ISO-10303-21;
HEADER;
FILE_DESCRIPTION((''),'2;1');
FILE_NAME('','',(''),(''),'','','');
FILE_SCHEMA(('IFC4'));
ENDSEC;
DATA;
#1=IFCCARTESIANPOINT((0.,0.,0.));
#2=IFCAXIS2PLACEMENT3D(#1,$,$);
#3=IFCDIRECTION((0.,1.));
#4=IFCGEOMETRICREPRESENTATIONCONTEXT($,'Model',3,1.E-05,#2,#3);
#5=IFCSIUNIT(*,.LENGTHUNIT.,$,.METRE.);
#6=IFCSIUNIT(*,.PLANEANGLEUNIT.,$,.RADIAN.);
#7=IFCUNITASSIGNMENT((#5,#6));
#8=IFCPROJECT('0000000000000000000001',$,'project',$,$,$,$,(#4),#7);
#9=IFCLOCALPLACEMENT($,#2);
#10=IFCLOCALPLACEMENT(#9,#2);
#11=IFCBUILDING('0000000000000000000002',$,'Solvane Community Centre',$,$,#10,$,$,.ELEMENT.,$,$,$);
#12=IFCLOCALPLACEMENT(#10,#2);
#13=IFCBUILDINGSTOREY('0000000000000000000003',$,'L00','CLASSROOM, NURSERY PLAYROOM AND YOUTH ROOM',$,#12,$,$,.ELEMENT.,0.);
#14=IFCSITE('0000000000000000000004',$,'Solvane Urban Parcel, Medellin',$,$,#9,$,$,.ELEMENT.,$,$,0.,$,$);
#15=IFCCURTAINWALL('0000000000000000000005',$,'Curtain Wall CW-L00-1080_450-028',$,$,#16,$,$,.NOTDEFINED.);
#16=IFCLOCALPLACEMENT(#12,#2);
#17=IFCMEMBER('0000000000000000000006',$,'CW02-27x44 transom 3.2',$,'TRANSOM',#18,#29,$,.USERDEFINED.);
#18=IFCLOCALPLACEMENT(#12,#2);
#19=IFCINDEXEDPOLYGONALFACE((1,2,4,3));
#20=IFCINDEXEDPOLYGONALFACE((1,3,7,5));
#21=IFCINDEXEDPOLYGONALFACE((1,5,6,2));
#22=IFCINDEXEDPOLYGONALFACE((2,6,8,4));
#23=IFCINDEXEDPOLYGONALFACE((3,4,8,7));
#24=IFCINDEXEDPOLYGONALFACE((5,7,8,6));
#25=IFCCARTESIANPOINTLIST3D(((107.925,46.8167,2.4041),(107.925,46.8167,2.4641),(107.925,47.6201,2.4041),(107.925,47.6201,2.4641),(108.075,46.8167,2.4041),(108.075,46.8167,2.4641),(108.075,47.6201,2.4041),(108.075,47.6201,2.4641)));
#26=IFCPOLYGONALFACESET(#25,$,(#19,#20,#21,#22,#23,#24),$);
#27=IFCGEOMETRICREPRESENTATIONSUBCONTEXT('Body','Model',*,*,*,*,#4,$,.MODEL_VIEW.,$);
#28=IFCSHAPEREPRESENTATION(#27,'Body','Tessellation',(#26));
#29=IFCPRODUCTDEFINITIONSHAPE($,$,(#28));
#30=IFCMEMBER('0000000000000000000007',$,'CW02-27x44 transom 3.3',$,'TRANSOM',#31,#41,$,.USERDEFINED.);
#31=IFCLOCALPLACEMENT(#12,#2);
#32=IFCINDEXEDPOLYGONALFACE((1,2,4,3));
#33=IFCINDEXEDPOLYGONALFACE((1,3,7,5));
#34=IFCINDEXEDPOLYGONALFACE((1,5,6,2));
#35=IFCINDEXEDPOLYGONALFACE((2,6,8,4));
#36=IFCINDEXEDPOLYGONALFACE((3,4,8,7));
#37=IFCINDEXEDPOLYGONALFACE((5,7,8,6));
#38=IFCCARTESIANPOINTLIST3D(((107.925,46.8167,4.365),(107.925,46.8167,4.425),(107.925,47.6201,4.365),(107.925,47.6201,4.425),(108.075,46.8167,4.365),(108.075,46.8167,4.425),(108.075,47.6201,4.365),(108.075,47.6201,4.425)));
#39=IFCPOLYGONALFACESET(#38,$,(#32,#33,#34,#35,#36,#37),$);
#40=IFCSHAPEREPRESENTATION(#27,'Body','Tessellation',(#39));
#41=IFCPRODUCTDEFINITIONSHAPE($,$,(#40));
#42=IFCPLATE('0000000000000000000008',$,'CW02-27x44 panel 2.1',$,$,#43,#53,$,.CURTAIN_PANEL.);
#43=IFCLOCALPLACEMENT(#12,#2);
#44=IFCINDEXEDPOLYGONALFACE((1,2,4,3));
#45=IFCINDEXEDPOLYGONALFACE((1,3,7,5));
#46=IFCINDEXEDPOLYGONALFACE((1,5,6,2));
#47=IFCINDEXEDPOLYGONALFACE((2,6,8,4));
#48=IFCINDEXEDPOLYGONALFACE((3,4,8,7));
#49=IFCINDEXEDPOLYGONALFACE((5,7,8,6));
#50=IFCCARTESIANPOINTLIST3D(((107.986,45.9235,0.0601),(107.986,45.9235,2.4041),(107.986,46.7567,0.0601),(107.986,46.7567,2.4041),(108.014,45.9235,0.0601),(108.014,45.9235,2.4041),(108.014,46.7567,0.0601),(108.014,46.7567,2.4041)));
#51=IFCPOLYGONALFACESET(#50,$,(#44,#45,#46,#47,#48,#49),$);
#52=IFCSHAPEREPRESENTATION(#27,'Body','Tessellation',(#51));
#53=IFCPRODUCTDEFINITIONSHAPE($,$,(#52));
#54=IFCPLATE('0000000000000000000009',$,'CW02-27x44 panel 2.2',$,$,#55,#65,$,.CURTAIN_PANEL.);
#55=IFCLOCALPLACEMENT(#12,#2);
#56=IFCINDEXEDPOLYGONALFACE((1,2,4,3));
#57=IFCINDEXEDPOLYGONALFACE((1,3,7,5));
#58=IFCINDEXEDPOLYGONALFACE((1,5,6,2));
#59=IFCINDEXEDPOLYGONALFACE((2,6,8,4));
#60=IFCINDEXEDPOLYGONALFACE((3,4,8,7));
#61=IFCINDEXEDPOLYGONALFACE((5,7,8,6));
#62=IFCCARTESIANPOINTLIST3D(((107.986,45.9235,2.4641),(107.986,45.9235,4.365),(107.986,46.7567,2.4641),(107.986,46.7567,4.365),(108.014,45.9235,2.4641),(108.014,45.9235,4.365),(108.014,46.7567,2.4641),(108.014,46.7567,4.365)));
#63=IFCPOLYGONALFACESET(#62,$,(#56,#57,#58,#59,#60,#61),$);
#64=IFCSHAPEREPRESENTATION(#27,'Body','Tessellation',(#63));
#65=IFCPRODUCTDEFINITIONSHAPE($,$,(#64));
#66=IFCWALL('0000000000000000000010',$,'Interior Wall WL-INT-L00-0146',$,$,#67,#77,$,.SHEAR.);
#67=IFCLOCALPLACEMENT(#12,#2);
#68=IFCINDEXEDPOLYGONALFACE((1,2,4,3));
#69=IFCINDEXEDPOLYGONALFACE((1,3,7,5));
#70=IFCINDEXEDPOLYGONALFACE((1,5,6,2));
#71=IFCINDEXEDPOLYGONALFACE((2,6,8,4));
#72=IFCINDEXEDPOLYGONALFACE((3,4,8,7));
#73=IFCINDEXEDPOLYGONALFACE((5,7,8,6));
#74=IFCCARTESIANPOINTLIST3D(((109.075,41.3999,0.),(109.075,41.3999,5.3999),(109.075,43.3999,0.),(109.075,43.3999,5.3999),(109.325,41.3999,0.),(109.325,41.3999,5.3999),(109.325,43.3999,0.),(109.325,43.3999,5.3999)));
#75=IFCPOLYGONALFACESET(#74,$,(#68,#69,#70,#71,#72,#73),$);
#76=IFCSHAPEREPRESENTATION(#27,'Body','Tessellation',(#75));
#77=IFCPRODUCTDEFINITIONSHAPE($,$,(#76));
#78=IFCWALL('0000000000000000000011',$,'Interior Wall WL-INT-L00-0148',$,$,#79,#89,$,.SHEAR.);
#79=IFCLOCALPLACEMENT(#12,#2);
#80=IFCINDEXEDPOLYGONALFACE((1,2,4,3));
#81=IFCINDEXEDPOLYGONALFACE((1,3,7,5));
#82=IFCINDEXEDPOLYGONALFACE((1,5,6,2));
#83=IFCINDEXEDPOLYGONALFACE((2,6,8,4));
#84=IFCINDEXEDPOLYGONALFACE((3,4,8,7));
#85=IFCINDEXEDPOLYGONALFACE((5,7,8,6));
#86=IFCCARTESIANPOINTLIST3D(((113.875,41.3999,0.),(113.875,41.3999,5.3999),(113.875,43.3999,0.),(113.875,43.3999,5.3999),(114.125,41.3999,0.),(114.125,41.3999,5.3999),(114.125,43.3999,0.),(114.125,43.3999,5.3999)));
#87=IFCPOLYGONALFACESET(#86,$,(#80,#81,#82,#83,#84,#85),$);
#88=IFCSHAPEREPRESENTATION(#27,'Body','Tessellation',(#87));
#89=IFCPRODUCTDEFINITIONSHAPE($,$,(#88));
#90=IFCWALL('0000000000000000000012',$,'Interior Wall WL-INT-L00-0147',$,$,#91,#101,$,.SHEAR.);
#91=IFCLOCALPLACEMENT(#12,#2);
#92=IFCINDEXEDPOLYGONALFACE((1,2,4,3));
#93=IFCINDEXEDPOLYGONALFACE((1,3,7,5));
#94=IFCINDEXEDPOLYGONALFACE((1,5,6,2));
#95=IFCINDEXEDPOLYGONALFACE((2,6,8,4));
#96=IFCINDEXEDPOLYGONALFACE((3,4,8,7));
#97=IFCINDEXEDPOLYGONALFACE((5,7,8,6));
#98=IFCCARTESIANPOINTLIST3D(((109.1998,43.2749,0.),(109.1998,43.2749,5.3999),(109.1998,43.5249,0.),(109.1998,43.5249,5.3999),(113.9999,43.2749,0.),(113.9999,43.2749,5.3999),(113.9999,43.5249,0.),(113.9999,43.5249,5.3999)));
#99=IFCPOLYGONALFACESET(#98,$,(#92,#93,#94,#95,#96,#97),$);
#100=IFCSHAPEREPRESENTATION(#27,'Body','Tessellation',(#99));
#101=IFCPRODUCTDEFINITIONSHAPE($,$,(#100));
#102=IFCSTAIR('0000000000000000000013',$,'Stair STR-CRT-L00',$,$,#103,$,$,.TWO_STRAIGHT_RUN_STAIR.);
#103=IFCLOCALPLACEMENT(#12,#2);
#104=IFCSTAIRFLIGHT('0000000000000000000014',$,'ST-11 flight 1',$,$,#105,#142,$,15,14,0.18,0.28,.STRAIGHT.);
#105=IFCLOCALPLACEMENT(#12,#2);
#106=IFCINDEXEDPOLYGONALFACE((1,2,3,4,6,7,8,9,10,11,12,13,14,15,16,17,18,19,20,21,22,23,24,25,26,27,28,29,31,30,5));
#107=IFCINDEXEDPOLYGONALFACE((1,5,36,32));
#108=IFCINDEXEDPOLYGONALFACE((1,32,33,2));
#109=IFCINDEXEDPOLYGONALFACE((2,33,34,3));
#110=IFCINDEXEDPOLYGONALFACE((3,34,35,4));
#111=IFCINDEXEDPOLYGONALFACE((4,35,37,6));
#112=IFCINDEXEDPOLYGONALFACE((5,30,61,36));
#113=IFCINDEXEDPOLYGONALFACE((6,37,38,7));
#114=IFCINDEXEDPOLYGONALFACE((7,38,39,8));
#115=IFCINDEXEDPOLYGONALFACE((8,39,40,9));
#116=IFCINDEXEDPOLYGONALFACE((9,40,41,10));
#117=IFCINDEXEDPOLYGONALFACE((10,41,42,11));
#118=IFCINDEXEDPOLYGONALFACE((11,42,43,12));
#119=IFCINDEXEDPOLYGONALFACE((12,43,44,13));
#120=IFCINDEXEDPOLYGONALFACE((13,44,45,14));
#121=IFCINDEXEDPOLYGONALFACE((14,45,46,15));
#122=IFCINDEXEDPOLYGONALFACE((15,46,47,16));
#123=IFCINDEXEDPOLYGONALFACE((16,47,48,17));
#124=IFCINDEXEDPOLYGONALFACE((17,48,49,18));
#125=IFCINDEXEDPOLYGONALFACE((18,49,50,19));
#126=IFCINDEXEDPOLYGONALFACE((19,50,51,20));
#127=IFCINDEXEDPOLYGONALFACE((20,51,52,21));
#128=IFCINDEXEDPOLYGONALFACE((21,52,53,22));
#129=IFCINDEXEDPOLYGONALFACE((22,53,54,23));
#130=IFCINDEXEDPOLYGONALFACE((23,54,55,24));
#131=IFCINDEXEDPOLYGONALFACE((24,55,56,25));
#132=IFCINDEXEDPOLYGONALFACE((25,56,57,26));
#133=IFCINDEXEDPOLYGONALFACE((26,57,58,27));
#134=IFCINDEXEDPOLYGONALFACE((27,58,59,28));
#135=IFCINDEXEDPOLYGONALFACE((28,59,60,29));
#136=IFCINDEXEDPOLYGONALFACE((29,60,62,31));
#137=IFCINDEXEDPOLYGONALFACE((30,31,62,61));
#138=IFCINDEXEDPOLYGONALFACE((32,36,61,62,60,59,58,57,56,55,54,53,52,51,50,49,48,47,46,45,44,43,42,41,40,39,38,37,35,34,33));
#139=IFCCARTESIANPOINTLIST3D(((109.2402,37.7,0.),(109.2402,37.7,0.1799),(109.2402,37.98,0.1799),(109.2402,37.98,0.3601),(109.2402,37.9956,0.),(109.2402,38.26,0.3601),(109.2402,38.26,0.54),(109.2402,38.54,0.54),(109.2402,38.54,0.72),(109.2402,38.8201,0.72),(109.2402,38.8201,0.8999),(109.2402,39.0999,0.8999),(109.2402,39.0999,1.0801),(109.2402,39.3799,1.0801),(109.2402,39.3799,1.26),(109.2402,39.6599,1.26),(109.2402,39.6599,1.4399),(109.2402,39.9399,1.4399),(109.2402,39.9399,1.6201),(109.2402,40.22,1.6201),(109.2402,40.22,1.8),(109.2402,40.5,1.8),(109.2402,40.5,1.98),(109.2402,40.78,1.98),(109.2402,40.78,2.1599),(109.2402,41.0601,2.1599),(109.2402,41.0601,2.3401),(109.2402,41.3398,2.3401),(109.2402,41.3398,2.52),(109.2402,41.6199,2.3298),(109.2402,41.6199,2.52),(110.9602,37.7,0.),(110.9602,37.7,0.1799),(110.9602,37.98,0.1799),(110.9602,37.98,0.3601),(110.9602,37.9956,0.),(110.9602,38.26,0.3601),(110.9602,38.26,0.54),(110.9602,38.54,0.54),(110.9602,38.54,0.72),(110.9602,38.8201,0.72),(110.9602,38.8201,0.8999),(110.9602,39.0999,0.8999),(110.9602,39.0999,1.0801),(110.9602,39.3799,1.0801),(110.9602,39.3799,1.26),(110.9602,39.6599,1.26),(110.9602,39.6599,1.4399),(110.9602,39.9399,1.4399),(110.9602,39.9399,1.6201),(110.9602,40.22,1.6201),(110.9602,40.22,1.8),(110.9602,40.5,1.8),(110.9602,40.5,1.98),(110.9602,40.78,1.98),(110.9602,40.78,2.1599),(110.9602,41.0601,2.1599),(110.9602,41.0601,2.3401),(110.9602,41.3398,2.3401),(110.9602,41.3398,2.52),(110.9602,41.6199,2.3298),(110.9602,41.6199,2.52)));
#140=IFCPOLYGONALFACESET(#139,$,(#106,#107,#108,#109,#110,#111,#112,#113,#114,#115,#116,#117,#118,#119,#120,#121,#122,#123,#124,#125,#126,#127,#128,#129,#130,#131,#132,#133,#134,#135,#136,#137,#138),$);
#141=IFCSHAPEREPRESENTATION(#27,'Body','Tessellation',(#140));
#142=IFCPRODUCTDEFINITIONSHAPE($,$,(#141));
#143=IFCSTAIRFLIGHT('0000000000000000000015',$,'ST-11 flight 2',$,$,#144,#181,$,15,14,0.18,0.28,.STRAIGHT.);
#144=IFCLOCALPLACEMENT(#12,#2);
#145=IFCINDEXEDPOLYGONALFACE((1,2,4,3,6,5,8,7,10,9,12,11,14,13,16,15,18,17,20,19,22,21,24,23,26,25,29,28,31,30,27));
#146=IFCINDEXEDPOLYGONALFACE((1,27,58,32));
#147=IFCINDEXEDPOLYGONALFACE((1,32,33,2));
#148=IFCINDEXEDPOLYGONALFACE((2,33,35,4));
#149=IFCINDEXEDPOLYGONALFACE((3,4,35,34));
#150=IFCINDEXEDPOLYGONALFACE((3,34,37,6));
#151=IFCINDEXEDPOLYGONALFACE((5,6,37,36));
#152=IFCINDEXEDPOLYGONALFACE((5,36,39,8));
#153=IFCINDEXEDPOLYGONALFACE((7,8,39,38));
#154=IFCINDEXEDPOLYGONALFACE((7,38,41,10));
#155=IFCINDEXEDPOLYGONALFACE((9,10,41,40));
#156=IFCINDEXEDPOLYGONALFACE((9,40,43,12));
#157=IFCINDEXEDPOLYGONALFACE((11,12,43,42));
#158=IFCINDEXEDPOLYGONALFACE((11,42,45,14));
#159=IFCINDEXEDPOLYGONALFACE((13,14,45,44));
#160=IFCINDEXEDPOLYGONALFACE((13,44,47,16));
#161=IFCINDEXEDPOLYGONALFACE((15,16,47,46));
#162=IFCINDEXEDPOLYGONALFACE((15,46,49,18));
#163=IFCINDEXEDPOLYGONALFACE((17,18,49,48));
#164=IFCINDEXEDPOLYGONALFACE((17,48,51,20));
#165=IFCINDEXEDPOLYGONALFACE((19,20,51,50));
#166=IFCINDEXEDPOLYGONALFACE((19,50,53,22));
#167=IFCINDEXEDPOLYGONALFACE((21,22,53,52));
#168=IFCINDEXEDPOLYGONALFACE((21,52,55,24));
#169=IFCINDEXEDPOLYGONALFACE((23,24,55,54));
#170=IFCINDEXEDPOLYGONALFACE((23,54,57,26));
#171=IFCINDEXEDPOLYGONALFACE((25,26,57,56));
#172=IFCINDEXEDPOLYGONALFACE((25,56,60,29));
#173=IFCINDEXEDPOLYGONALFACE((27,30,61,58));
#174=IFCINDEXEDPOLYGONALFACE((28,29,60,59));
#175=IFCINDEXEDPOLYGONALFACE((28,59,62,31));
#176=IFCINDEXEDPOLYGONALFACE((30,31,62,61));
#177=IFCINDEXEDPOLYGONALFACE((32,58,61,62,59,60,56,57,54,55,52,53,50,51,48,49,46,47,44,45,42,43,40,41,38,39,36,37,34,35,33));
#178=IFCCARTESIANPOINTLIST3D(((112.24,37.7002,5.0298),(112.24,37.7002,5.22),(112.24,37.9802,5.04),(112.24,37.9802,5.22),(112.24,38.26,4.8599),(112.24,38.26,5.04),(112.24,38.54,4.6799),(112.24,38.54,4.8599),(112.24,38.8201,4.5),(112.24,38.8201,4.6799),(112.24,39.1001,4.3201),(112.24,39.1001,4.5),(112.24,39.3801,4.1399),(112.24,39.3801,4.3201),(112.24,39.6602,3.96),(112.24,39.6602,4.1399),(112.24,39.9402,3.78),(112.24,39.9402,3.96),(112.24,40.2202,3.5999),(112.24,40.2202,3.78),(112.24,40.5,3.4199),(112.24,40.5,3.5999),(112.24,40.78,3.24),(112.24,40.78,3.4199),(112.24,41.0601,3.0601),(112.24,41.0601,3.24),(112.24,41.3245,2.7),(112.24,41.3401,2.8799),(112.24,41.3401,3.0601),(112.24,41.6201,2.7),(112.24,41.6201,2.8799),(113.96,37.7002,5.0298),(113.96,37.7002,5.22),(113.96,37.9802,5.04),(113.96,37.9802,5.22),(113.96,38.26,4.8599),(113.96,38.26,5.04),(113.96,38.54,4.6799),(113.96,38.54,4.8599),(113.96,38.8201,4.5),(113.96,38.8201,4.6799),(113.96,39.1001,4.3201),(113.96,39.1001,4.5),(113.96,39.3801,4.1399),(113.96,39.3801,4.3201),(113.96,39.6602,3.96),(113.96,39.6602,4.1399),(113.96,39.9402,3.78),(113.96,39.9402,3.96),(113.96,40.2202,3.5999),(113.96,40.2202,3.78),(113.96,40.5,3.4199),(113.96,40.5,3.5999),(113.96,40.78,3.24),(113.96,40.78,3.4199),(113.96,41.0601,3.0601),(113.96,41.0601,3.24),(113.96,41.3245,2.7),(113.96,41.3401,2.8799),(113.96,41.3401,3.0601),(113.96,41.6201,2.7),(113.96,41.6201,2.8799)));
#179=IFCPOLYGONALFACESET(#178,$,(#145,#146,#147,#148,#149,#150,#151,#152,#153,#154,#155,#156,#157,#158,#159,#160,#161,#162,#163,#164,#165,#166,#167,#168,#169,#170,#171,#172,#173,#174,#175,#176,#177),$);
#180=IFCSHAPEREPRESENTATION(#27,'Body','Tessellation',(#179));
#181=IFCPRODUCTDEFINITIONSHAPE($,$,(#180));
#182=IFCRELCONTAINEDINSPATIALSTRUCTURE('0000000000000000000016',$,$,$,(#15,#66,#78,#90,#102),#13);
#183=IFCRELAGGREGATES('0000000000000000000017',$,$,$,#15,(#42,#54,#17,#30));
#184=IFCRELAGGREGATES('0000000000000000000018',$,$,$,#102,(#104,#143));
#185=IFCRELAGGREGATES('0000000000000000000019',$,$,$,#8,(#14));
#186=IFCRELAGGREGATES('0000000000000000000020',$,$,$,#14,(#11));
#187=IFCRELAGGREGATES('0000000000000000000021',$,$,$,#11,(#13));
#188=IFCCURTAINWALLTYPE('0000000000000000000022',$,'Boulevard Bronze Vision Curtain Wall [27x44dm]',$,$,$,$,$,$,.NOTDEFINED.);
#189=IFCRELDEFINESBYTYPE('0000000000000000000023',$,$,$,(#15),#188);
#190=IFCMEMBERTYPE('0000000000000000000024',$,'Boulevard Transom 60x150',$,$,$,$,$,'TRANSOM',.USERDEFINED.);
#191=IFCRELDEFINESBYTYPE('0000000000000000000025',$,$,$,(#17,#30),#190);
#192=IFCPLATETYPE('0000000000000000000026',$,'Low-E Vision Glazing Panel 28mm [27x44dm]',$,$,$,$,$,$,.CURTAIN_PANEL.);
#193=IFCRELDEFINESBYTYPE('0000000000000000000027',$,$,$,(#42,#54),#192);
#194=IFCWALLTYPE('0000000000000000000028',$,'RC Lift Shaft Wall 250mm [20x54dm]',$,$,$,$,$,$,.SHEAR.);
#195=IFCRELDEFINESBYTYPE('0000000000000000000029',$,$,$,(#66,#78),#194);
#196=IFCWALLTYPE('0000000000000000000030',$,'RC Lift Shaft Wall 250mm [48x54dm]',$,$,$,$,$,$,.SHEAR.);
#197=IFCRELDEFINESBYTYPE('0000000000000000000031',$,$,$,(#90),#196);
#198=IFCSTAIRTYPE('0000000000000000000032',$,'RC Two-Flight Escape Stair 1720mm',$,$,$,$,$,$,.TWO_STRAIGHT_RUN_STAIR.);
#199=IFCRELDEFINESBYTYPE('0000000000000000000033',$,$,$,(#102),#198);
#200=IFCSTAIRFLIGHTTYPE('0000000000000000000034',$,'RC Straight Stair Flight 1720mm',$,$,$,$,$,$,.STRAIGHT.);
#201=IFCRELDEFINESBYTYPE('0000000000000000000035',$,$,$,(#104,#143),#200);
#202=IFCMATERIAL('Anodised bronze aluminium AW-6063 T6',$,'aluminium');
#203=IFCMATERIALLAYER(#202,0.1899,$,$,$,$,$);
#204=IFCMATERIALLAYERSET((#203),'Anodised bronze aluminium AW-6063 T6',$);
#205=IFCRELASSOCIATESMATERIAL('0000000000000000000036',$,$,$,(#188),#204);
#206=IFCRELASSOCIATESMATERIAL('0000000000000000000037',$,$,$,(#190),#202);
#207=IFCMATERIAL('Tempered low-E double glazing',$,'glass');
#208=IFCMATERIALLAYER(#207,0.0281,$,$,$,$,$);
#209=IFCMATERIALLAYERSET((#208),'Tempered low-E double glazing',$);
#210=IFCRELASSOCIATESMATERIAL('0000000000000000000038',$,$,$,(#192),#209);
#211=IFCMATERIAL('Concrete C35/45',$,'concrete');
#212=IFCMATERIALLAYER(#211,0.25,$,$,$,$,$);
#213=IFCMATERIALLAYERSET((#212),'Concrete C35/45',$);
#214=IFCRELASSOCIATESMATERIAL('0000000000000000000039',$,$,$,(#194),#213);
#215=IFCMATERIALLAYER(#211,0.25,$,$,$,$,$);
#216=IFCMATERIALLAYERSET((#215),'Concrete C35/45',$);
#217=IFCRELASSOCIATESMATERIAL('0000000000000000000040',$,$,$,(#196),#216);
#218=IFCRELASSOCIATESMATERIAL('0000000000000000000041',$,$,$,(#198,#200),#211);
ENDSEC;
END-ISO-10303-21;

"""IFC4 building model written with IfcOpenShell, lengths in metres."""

from ifc_helpers import new_model, si_unit, direction, frame, frame_2d, origin, origin_2d, place, context, subcontext, project, spatial, polyline, rectangle, outline, extrude, material, layer, layer_set, material_profile, profile_set, type_object, element, aggregate, save


model = new_model("IFC4")

# Units and contexts
model_context = context("Model", 3, precision=1e-05, world=origin(), true_north=direction((0.0, 1.0)))
body_context = subcontext(model_context, "Body", "Model", "MODEL_VIEW")
ifc_project = project(units=[si_unit("LENGTHUNIT", "METRE"), si_unit("PLANEANGLEUNIT", "RADIAN")], contexts=[model_context])

# Site, building, storey
site_placement = place(None, origin())
site = spatial("IfcSite", under=ifc_project, at=site_placement, Name="Solvane Urban Parcel, Medellin", CompositionType="ELEMENT", RefElevation=0.0)
building_placement = place(site_placement, origin())
building = spatial("IfcBuilding", under=site, at=building_placement, Name="Solvane Community Centre", CompositionType="ELEMENT")
storey_placement = place(building_placement, origin())
storey = spatial("IfcBuildingStorey", under=building, at=storey_placement, Name="L00", Description="CLASSROOM, NURSERY PLAYROOM AND YOUTH ROOM", CompositionType="ELEMENT", Elevation=0.0)

# Curtain wall, members, plates
ifc_material_1 = material(Name="Anodised bronze aluminium AW-6063 T6", Category="aluminium")
ifc_layer_1 = layer(ifc_material_1, 0.1899)
ifc_layer_set_1 = layer_set([ifc_layer_1], Name="Anodised bronze aluminium AW-6063 T6")
curtain_wall_type = type_object("IfcCurtainWallType", Name="Boulevard Bronze Vision Curtain Wall [27x44dm]", PredefinedType="NOTDEFINED", material=ifc_layer_set_1)
curtain_wall_placement = place(storey_placement, origin())
curtain_wall = element("IfcCurtainWall", 1, at=curtain_wall_placement, inside=storey, type_object=curtain_wall_type, Name="Curtain Wall CW-L00-1080_450-028", PredefinedType="NOTDEFINED")
ifc_material_profile_1 = material_profile(ifc_material_1, rectangle(XDim=0.1499, YDim=0.0601, at=origin_2d()), Name="CW-T 60x150")
ifc_profile_set_1 = profile_set([ifc_material_profile_1], Name="Anodised bronze aluminium AW-6063 T6")
member_type_1 = type_object("IfcMemberType", Name="Boulevard Transom 60x150", ElementType="TRANSOM", PredefinedType="USERDEFINED", material=ifc_profile_set_1)
member_1_placement = place(storey_placement, frame((108.0, 46.8167, 2.4341), z_axis=(0.0, 1.0, 0.0), x_axis=(-1.0, 0.0, 0.0)))
member_1 = element("IfcMember", 2, at=member_1_placement, type_object=member_type_1, Name="CW02-27x44 transom 3.2", ObjectType="TRANSOM", PredefinedType="USERDEFINED", context=body_context, shape_type="SweptSolid", body=[
    extrude(rectangle(XDim=0.1499, YDim=0.0601, at=origin_2d()), origin(), (0.0, 0.0, 1.0), 0.8035),
])
member_2_placement = place(storey_placement, frame((108.0, 46.8167, 4.395), z_axis=(0.0, 1.0, 0.0), x_axis=(-1.0, 0.0, 0.0)))
member_2 = element("IfcMember", 3, at=member_2_placement, type_object=member_type_1, Name="CW02-27x44 transom 3.3", ObjectType="TRANSOM", PredefinedType="USERDEFINED", context=body_context, shape_type="SweptSolid", body=[
    extrude(rectangle(XDim=0.1499, YDim=0.0601, at=origin_2d()), origin(), (0.0, 0.0, 1.0), 0.8035),
])
ifc_material_2 = material(Name="Tempered low-E double glazing", Category="glass")
ifc_layer_2 = layer(ifc_material_2, 0.0281)
ifc_layer_set_2 = layer_set([ifc_layer_2], Name="Tempered low-E double glazing")
plate_type = type_object("IfcPlateType", Name="Low-E Vision Glazing Panel 28mm [27x44dm]", PredefinedType="CURTAIN_PANEL", material=ifc_layer_set_2)
plate_1_placement = place(storey_placement, frame((108.0, 46.3401, 0.0601), z_axis=(0.0, 0.0, 1.0), x_axis=(0.0, 1.0, 0.0)))
plate_1 = element("IfcPlate", 4, at=plate_1_placement, type_object=plate_type, Name="CW02-27x44 panel 2.1", PredefinedType="CURTAIN_PANEL", context=body_context, shape_type="SweptSolid", body=[
    extrude(rectangle(XDim=0.8333, YDim=0.0281, at=origin_2d()), origin(), (0.0, 0.0, 1.0), 2.344),
])
plate_2_placement = place(storey_placement, frame((108.0, 46.3401, 2.4641), z_axis=(0.0, 0.0, 1.0), x_axis=(0.0, 1.0, 0.0)))
plate_2 = element("IfcPlate", 5, at=plate_2_placement, type_object=plate_type, Name="CW02-27x44 panel 2.2", PredefinedType="CURTAIN_PANEL", context=body_context, shape_type="SweptSolid", body=[
    extrude(rectangle(XDim=0.8333, YDim=0.0281, at=origin_2d()), origin(), (0.0, 0.0, 1.0), 1.9009),
])
aggregate(curtain_wall, [plate_1, plate_2, member_1, member_2])

# Walls
ifc_material_3 = material(Name="Concrete C35/45", Category="concrete")
ifc_layer_3 = layer(ifc_material_3, 0.25)
ifc_layer_set_3 = layer_set([ifc_layer_3], Name="Concrete C35/45")
wall_type_1 = type_object("IfcWallType", Name="RC Lift Shaft Wall 250mm [20x54dm]", PredefinedType="SHEAR", material=ifc_layer_set_3)
for number, where, z_axis, x_axis, name in (
    (6, (109.2, 41.3999, 0.0), (0.0, 0.0, 1.0), (0.0, 1.0, 0.0), "Interior Wall WL-INT-L00-0146"),
    (7, (114.0, 43.3999, 0.0), (0.0, 0.0, 1.0), (0.0, -1.0, 0.0), "Interior Wall WL-INT-L00-0148"),
):
    element("IfcWall", number, at=place(storey_placement, frame(where, z_axis=z_axis, x_axis=x_axis)), inside=storey, type_object=wall_type_1, Name=name, PredefinedType="SHEAR", context=body_context, shape_type="SweptSolid", body=[
        extrude(rectangle(XDim=2.0, YDim=0.25, at=frame_2d((1.0, 0.0))), origin(), (0.0, 0.0, 1.0), 5.3999),
    ])
ifc_layer_4 = layer(ifc_material_3, 0.25)
ifc_layer_set_4 = layer_set([ifc_layer_4], Name="Concrete C35/45")
wall_type_2 = type_object("IfcWallType", Name="RC Lift Shaft Wall 250mm [48x54dm]", PredefinedType="SHEAR", material=ifc_layer_set_4)
wall_placement = place(storey_placement, frame((109.2, 43.3999, 0.0), z_axis=(0.0, 0.0, 1.0), x_axis=(1.0, 0.0, 0.0)))
element("IfcWall", 8, at=wall_placement, inside=storey, type_object=wall_type_2, Name="Interior Wall WL-INT-L00-0147", PredefinedType="SHEAR", context=body_context, shape_type="SweptSolid", body=[
    extrude(rectangle(XDim=4.8, YDim=0.25, at=frame_2d((2.3999, 0.0))), origin(), (0.0, 0.0, 1.0), 5.3999),
])

# Stair, stair flights
stair_type = type_object("IfcStairType", Name="RC Two-Flight Escape Stair 1720mm", PredefinedType="TWO_STRAIGHT_RUN_STAIR", material=ifc_material_3)
stair_placement = place(storey_placement, origin())
stair = element("IfcStair", 9, at=stair_placement, inside=storey, type_object=stair_type, Name="Stair STR-CRT-L00", PredefinedType="TWO_STRAIGHT_RUN_STAIR")
stair_flight_type = type_object("IfcStairFlightType", Name="RC Straight Stair Flight 1720mm", PredefinedType="STRAIGHT", material=ifc_material_3)
stair_flight_1_placement = place(storey_placement, frame((110.1001, 37.7, 0.0), z_axis=(0.0, 0.0, 1.0), x_axis=(0.0, 1.0, 0.0)))
stair_flight_1 = element("IfcStairFlight", 10, at=stair_flight_1_placement, type_object=stair_flight_type, Name="ST-11 flight 1", NumberOfRisers=15, NumberOfTreads=14, PredefinedType="STRAIGHT", RiserHeight=0.18, TreadLength=0.28, context=body_context, shape_type="SweptSolid", body=[
    extrude(outline(polyline([(0.0, 0.0), (0.0, 0.1799), (0.28, 0.1799), (0.28, 0.3601), (0.5601, 0.3601), (0.5601, 0.54), (0.8401, 0.54), (0.8401, 0.72), (1.1201, 0.72), (1.1201, 0.8999), (1.3999, 0.8999), (1.3999, 1.0801), (1.6799, 1.0801), (1.6799, 1.26), (1.96, 1.26), (1.96, 1.4399), (2.24, 1.4399), (2.24, 1.6201), (2.52, 1.6201), (2.52, 1.8), (2.8, 1.8), (2.8, 1.98), (3.0801, 1.98), (3.0801, 2.1599), (3.3601, 2.1599), (3.3601, 2.3401), (3.6399, 2.3401), (3.6399, 2.52), (3.9199, 2.52), (3.9199, 2.7), (3.9199, 2.3298), (0.2957, 0.0), (0.0, 0.0)])), frame((0.0, 0.8599, 0.0), z_axis=(0.0, -1.0, 0.0), x_axis=(1.0, 0.0, 0.0)), (0.0, 0.0, 1.0), 1.72),
])
stair_flight_2_placement = place(storey_placement, frame((113.1001, 41.6201, 2.7), z_axis=(0.0, 0.0, 1.0), x_axis=(0.0, -1.0, 0.0)))
stair_flight_2 = element("IfcStairFlight", 11, at=stair_flight_2_placement, type_object=stair_flight_type, Name="ST-11 flight 2", NumberOfRisers=15, NumberOfTreads=14, PredefinedType="STRAIGHT", RiserHeight=0.18, TreadLength=0.28, context=body_context, shape_type="SweptSolid", body=[
    extrude(outline(polyline([(0.0, 0.0), (0.0, 0.1799), (0.28, 0.1799), (0.28, 0.3601), (0.5601, 0.3601), (0.5601, 0.54), (0.8401, 0.54), (0.8401, 0.72), (1.1201, 0.72), (1.1201, 0.8999), (1.3999, 0.8999), (1.3999, 1.0801), (1.6799, 1.0801), (1.6799, 1.26), (1.96, 1.26), (1.96, 1.4399), (2.24, 1.4399), (2.24, 1.6201), (2.52, 1.6201), (2.52, 1.8), (2.8, 1.8), (2.8, 1.98), (3.0801, 1.98), (3.0801, 2.1599), (3.3601, 2.1599), (3.3601, 2.3401), (3.6399, 2.3401), (3.6399, 2.52), (3.9199, 2.52), (3.9199, 2.7), (3.9199, 2.3298), (0.2957, 0.0), (0.0, 0.0)])), frame((0.0, 0.8599, 0.0), z_axis=(0.0, -1.0, 0.0), x_axis=(1.0, 0.0, 0.0)), (0.0, 0.0, 1.0), 1.72),
])
aggregate(stair, [stair_flight_1, stair_flight_2])

save(model, "model.ifc")
